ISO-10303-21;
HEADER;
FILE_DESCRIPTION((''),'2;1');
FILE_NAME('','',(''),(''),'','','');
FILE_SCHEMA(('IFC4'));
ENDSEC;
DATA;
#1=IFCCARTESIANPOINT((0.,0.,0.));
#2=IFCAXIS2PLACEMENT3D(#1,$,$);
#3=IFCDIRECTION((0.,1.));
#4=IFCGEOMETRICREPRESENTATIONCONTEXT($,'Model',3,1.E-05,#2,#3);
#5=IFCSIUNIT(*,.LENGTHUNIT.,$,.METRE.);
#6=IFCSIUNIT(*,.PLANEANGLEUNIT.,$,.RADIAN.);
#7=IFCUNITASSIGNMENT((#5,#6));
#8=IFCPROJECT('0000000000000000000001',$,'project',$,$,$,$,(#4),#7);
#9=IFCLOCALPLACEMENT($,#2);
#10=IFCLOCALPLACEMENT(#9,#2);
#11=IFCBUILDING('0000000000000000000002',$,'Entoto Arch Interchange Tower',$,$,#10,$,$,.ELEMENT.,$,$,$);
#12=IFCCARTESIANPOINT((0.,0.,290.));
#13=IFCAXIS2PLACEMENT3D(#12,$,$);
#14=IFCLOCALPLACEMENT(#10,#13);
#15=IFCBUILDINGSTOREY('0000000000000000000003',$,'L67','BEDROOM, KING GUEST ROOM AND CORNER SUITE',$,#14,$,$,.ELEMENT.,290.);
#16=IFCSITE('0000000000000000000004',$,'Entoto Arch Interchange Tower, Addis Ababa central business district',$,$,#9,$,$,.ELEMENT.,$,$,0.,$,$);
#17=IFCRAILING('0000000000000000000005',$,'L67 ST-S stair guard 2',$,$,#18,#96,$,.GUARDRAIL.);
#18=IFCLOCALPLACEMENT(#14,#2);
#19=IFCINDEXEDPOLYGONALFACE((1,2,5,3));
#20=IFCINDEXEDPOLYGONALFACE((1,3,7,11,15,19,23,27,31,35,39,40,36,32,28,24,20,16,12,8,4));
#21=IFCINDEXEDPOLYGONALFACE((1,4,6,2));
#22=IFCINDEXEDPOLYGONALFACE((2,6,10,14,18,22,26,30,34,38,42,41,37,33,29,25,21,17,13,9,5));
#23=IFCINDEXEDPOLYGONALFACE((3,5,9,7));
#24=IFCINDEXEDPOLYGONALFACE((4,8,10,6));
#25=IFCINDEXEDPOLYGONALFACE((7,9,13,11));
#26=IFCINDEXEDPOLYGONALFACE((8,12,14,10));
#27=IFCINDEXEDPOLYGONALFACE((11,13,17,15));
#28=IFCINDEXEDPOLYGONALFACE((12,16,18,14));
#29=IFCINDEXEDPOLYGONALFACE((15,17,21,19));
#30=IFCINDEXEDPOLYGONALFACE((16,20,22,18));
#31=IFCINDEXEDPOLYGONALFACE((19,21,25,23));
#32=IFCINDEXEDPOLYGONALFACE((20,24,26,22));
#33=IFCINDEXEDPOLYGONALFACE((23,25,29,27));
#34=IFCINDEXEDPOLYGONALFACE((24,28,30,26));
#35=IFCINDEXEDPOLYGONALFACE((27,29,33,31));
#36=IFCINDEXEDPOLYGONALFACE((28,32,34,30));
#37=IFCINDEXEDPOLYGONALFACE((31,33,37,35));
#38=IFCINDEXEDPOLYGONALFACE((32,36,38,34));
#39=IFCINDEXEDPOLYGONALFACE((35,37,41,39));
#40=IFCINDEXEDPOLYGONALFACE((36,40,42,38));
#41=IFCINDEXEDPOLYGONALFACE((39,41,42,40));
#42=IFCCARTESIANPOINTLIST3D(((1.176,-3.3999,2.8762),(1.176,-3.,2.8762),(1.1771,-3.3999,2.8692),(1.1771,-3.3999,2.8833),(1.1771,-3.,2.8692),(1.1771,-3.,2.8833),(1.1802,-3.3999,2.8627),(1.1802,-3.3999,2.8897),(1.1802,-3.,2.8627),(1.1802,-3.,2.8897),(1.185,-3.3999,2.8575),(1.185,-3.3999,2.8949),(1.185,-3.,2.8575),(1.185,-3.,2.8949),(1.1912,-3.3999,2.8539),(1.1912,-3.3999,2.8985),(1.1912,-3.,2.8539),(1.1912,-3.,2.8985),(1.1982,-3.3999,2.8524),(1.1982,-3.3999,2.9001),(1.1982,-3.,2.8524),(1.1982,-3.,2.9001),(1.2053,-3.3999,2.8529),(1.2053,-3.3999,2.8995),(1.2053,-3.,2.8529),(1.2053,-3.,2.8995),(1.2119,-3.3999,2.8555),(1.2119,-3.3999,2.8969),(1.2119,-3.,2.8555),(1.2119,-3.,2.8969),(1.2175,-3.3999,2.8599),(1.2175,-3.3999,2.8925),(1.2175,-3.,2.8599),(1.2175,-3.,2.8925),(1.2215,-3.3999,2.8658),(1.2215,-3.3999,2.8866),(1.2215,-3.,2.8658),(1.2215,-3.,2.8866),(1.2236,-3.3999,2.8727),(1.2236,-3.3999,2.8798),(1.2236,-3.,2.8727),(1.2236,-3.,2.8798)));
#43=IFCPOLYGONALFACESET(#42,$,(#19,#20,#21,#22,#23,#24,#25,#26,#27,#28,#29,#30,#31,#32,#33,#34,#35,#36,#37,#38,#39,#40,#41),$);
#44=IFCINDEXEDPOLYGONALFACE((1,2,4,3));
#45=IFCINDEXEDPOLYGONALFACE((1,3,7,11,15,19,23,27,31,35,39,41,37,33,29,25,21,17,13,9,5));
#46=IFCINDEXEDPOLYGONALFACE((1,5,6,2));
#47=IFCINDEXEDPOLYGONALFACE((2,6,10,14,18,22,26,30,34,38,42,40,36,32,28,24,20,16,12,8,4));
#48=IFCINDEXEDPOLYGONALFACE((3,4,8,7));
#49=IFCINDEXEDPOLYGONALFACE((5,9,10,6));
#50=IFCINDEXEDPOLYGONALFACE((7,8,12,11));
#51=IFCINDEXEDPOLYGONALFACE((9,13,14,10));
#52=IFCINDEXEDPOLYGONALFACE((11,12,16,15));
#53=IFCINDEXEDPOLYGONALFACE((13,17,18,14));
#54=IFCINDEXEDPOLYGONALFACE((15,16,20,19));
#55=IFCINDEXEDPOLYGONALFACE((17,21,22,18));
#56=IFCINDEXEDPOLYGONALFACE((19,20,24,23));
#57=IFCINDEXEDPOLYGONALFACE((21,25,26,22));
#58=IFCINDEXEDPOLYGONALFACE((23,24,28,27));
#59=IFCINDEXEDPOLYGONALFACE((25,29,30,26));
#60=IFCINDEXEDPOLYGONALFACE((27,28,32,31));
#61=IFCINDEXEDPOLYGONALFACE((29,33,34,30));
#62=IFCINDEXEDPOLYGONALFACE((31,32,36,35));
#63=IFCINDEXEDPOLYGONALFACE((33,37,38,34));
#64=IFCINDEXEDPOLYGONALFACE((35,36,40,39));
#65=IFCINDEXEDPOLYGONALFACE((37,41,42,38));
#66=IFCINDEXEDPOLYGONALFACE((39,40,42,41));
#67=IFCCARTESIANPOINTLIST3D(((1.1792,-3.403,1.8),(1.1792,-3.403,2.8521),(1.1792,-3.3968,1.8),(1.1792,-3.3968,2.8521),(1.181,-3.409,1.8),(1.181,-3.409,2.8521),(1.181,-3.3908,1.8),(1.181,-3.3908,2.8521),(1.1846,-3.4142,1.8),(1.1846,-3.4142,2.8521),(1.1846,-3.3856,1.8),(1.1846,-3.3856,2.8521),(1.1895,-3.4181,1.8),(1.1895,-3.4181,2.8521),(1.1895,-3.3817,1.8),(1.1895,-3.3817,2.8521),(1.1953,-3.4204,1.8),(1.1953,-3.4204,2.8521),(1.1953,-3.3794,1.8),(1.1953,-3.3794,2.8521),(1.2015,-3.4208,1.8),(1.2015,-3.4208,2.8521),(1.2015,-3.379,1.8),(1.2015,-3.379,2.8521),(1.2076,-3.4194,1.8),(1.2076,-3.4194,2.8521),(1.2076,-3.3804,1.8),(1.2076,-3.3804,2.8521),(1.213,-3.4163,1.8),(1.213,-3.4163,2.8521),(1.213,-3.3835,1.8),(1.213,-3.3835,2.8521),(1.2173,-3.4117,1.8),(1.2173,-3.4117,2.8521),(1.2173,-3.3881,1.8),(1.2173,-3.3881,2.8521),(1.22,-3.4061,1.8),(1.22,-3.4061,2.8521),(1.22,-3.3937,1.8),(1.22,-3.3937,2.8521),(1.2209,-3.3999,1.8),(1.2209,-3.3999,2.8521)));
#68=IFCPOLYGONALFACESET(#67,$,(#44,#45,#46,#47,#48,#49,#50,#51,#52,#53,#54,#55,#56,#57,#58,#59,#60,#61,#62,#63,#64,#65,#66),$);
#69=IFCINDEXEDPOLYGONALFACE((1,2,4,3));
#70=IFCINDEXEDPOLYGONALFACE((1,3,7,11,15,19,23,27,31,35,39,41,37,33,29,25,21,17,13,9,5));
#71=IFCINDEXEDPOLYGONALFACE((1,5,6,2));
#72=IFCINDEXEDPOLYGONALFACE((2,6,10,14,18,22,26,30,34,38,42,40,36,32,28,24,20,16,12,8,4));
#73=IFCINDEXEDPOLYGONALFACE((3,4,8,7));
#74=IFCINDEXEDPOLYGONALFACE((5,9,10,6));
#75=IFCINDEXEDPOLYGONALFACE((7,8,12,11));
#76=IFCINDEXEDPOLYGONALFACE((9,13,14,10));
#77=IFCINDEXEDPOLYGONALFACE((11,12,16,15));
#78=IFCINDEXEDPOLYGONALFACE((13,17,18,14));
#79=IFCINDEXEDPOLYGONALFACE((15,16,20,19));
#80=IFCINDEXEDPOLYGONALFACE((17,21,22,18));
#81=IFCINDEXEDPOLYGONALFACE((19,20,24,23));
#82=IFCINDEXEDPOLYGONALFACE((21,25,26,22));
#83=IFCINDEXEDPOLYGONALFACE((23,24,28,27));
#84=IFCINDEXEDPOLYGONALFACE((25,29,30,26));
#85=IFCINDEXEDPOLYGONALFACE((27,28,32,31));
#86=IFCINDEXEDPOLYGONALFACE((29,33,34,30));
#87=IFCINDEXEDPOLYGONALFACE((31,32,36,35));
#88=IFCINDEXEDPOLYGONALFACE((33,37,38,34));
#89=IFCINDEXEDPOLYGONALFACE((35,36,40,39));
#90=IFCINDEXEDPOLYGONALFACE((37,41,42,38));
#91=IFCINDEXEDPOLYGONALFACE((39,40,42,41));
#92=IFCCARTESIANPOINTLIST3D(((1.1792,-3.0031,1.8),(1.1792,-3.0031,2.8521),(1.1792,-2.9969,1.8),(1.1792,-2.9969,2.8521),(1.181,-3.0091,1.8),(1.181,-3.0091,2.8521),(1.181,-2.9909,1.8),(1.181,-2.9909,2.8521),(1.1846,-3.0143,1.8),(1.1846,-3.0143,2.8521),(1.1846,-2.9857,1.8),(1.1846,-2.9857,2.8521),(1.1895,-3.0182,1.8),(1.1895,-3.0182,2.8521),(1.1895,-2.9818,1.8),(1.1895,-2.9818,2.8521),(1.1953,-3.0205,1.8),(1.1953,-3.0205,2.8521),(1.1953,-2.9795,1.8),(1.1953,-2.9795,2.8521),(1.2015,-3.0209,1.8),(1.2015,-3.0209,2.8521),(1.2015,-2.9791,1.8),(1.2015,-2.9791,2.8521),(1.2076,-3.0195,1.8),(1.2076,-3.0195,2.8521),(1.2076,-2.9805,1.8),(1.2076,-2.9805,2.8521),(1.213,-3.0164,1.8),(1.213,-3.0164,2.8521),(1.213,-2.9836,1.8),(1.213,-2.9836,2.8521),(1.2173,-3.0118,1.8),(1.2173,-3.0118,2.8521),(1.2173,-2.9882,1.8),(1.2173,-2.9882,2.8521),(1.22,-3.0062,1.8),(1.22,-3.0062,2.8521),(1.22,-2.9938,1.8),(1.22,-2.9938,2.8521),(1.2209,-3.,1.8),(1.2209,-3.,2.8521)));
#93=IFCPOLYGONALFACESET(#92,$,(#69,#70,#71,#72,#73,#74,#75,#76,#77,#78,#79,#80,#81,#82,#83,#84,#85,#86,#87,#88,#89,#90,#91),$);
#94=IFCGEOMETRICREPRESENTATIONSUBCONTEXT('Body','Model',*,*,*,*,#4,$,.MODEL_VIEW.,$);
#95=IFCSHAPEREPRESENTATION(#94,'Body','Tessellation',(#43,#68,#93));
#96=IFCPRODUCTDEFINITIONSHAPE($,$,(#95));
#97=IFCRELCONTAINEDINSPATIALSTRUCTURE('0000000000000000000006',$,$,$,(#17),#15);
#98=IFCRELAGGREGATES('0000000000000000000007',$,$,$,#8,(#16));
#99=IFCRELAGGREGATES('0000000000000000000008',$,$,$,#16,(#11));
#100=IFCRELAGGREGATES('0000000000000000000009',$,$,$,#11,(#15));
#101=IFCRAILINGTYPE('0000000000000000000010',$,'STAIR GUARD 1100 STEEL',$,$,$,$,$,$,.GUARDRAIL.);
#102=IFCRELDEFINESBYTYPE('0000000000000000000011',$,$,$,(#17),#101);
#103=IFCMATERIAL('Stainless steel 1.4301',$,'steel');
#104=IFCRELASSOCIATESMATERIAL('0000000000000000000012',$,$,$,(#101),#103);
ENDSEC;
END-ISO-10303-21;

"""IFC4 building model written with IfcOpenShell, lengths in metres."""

from ifc_helpers import new_model, si_unit, direction, frame, origin, origin_2d, place, context, subcontext, project, spatial, circle, extrude, material, type_object, element, save


model = new_model("IFC4")

# Units and contexts
model_context = context("Model", 3, precision=1e-05, world=origin(), true_north=direction((0.0, 1.0)))
body_context = subcontext(model_context, "Body", "Model", "MODEL_VIEW")
ifc_project = project(units=[si_unit("LENGTHUNIT", "METRE"), si_unit("PLANEANGLEUNIT", "RADIAN")], contexts=[model_context])

# Site, building, storey
site_placement = place(None, origin())
site = spatial("IfcSite", under=ifc_project, at=site_placement, Name="Entoto Arch Interchange Tower, Addis Ababa central business district", CompositionType="ELEMENT", RefElevation=0.0)
building_placement = place(site_placement, origin())
building = spatial("IfcBuilding", under=site, at=building_placement, Name="Entoto Arch Interchange Tower", CompositionType="ELEMENT")
storey_placement = place(building_placement, frame((0.0, 0.0, 290.0)))
storey = spatial("IfcBuildingStorey", under=building, at=storey_placement, Name="L67", Description="BEDROOM, KING GUEST ROOM AND CORNER SUITE", CompositionType="ELEMENT", Elevation=290.0)

# Railing
ifc_material_1 = material(Name="Stainless steel 1.4301", Category="steel")
railing_type_1 = type_object("IfcRailingType", Name="STAIR GUARD 1100 STEEL", PredefinedType="GUARDRAIL", material=ifc_material_1)
railing_1_placement = place(storey_placement, frame((1.2, -3.3999, 1.8)))
element("IfcRailing", 1, at=railing_1_placement, inside=storey, type_object=railing_type_1, Name="L67 ST-S stair guard 2", PredefinedType="GUARDRAIL", context=body_context, shape_type="SweptSolid", body=[
    extrude(circle(Radius=0.0239, at=origin_2d()), frame((0.0, 0.0, 1.0762), z_axis=(0.0, 1.0, 0.0), x_axis=(-1.0, 0.0, 0.0)), (0.0, 0.0, 1.0), 0.3999),
    extrude(circle(Radius=0.021, at=origin_2d()), origin(), (0.0, 0.0, 1.0), 1.052),
    extrude(circle(Radius=0.021, at=origin_2d()), frame((0.0, 0.3999, 0.0)), (0.0, 0.0, 1.0), 1.052),
])

save(model, "model.ifc")
